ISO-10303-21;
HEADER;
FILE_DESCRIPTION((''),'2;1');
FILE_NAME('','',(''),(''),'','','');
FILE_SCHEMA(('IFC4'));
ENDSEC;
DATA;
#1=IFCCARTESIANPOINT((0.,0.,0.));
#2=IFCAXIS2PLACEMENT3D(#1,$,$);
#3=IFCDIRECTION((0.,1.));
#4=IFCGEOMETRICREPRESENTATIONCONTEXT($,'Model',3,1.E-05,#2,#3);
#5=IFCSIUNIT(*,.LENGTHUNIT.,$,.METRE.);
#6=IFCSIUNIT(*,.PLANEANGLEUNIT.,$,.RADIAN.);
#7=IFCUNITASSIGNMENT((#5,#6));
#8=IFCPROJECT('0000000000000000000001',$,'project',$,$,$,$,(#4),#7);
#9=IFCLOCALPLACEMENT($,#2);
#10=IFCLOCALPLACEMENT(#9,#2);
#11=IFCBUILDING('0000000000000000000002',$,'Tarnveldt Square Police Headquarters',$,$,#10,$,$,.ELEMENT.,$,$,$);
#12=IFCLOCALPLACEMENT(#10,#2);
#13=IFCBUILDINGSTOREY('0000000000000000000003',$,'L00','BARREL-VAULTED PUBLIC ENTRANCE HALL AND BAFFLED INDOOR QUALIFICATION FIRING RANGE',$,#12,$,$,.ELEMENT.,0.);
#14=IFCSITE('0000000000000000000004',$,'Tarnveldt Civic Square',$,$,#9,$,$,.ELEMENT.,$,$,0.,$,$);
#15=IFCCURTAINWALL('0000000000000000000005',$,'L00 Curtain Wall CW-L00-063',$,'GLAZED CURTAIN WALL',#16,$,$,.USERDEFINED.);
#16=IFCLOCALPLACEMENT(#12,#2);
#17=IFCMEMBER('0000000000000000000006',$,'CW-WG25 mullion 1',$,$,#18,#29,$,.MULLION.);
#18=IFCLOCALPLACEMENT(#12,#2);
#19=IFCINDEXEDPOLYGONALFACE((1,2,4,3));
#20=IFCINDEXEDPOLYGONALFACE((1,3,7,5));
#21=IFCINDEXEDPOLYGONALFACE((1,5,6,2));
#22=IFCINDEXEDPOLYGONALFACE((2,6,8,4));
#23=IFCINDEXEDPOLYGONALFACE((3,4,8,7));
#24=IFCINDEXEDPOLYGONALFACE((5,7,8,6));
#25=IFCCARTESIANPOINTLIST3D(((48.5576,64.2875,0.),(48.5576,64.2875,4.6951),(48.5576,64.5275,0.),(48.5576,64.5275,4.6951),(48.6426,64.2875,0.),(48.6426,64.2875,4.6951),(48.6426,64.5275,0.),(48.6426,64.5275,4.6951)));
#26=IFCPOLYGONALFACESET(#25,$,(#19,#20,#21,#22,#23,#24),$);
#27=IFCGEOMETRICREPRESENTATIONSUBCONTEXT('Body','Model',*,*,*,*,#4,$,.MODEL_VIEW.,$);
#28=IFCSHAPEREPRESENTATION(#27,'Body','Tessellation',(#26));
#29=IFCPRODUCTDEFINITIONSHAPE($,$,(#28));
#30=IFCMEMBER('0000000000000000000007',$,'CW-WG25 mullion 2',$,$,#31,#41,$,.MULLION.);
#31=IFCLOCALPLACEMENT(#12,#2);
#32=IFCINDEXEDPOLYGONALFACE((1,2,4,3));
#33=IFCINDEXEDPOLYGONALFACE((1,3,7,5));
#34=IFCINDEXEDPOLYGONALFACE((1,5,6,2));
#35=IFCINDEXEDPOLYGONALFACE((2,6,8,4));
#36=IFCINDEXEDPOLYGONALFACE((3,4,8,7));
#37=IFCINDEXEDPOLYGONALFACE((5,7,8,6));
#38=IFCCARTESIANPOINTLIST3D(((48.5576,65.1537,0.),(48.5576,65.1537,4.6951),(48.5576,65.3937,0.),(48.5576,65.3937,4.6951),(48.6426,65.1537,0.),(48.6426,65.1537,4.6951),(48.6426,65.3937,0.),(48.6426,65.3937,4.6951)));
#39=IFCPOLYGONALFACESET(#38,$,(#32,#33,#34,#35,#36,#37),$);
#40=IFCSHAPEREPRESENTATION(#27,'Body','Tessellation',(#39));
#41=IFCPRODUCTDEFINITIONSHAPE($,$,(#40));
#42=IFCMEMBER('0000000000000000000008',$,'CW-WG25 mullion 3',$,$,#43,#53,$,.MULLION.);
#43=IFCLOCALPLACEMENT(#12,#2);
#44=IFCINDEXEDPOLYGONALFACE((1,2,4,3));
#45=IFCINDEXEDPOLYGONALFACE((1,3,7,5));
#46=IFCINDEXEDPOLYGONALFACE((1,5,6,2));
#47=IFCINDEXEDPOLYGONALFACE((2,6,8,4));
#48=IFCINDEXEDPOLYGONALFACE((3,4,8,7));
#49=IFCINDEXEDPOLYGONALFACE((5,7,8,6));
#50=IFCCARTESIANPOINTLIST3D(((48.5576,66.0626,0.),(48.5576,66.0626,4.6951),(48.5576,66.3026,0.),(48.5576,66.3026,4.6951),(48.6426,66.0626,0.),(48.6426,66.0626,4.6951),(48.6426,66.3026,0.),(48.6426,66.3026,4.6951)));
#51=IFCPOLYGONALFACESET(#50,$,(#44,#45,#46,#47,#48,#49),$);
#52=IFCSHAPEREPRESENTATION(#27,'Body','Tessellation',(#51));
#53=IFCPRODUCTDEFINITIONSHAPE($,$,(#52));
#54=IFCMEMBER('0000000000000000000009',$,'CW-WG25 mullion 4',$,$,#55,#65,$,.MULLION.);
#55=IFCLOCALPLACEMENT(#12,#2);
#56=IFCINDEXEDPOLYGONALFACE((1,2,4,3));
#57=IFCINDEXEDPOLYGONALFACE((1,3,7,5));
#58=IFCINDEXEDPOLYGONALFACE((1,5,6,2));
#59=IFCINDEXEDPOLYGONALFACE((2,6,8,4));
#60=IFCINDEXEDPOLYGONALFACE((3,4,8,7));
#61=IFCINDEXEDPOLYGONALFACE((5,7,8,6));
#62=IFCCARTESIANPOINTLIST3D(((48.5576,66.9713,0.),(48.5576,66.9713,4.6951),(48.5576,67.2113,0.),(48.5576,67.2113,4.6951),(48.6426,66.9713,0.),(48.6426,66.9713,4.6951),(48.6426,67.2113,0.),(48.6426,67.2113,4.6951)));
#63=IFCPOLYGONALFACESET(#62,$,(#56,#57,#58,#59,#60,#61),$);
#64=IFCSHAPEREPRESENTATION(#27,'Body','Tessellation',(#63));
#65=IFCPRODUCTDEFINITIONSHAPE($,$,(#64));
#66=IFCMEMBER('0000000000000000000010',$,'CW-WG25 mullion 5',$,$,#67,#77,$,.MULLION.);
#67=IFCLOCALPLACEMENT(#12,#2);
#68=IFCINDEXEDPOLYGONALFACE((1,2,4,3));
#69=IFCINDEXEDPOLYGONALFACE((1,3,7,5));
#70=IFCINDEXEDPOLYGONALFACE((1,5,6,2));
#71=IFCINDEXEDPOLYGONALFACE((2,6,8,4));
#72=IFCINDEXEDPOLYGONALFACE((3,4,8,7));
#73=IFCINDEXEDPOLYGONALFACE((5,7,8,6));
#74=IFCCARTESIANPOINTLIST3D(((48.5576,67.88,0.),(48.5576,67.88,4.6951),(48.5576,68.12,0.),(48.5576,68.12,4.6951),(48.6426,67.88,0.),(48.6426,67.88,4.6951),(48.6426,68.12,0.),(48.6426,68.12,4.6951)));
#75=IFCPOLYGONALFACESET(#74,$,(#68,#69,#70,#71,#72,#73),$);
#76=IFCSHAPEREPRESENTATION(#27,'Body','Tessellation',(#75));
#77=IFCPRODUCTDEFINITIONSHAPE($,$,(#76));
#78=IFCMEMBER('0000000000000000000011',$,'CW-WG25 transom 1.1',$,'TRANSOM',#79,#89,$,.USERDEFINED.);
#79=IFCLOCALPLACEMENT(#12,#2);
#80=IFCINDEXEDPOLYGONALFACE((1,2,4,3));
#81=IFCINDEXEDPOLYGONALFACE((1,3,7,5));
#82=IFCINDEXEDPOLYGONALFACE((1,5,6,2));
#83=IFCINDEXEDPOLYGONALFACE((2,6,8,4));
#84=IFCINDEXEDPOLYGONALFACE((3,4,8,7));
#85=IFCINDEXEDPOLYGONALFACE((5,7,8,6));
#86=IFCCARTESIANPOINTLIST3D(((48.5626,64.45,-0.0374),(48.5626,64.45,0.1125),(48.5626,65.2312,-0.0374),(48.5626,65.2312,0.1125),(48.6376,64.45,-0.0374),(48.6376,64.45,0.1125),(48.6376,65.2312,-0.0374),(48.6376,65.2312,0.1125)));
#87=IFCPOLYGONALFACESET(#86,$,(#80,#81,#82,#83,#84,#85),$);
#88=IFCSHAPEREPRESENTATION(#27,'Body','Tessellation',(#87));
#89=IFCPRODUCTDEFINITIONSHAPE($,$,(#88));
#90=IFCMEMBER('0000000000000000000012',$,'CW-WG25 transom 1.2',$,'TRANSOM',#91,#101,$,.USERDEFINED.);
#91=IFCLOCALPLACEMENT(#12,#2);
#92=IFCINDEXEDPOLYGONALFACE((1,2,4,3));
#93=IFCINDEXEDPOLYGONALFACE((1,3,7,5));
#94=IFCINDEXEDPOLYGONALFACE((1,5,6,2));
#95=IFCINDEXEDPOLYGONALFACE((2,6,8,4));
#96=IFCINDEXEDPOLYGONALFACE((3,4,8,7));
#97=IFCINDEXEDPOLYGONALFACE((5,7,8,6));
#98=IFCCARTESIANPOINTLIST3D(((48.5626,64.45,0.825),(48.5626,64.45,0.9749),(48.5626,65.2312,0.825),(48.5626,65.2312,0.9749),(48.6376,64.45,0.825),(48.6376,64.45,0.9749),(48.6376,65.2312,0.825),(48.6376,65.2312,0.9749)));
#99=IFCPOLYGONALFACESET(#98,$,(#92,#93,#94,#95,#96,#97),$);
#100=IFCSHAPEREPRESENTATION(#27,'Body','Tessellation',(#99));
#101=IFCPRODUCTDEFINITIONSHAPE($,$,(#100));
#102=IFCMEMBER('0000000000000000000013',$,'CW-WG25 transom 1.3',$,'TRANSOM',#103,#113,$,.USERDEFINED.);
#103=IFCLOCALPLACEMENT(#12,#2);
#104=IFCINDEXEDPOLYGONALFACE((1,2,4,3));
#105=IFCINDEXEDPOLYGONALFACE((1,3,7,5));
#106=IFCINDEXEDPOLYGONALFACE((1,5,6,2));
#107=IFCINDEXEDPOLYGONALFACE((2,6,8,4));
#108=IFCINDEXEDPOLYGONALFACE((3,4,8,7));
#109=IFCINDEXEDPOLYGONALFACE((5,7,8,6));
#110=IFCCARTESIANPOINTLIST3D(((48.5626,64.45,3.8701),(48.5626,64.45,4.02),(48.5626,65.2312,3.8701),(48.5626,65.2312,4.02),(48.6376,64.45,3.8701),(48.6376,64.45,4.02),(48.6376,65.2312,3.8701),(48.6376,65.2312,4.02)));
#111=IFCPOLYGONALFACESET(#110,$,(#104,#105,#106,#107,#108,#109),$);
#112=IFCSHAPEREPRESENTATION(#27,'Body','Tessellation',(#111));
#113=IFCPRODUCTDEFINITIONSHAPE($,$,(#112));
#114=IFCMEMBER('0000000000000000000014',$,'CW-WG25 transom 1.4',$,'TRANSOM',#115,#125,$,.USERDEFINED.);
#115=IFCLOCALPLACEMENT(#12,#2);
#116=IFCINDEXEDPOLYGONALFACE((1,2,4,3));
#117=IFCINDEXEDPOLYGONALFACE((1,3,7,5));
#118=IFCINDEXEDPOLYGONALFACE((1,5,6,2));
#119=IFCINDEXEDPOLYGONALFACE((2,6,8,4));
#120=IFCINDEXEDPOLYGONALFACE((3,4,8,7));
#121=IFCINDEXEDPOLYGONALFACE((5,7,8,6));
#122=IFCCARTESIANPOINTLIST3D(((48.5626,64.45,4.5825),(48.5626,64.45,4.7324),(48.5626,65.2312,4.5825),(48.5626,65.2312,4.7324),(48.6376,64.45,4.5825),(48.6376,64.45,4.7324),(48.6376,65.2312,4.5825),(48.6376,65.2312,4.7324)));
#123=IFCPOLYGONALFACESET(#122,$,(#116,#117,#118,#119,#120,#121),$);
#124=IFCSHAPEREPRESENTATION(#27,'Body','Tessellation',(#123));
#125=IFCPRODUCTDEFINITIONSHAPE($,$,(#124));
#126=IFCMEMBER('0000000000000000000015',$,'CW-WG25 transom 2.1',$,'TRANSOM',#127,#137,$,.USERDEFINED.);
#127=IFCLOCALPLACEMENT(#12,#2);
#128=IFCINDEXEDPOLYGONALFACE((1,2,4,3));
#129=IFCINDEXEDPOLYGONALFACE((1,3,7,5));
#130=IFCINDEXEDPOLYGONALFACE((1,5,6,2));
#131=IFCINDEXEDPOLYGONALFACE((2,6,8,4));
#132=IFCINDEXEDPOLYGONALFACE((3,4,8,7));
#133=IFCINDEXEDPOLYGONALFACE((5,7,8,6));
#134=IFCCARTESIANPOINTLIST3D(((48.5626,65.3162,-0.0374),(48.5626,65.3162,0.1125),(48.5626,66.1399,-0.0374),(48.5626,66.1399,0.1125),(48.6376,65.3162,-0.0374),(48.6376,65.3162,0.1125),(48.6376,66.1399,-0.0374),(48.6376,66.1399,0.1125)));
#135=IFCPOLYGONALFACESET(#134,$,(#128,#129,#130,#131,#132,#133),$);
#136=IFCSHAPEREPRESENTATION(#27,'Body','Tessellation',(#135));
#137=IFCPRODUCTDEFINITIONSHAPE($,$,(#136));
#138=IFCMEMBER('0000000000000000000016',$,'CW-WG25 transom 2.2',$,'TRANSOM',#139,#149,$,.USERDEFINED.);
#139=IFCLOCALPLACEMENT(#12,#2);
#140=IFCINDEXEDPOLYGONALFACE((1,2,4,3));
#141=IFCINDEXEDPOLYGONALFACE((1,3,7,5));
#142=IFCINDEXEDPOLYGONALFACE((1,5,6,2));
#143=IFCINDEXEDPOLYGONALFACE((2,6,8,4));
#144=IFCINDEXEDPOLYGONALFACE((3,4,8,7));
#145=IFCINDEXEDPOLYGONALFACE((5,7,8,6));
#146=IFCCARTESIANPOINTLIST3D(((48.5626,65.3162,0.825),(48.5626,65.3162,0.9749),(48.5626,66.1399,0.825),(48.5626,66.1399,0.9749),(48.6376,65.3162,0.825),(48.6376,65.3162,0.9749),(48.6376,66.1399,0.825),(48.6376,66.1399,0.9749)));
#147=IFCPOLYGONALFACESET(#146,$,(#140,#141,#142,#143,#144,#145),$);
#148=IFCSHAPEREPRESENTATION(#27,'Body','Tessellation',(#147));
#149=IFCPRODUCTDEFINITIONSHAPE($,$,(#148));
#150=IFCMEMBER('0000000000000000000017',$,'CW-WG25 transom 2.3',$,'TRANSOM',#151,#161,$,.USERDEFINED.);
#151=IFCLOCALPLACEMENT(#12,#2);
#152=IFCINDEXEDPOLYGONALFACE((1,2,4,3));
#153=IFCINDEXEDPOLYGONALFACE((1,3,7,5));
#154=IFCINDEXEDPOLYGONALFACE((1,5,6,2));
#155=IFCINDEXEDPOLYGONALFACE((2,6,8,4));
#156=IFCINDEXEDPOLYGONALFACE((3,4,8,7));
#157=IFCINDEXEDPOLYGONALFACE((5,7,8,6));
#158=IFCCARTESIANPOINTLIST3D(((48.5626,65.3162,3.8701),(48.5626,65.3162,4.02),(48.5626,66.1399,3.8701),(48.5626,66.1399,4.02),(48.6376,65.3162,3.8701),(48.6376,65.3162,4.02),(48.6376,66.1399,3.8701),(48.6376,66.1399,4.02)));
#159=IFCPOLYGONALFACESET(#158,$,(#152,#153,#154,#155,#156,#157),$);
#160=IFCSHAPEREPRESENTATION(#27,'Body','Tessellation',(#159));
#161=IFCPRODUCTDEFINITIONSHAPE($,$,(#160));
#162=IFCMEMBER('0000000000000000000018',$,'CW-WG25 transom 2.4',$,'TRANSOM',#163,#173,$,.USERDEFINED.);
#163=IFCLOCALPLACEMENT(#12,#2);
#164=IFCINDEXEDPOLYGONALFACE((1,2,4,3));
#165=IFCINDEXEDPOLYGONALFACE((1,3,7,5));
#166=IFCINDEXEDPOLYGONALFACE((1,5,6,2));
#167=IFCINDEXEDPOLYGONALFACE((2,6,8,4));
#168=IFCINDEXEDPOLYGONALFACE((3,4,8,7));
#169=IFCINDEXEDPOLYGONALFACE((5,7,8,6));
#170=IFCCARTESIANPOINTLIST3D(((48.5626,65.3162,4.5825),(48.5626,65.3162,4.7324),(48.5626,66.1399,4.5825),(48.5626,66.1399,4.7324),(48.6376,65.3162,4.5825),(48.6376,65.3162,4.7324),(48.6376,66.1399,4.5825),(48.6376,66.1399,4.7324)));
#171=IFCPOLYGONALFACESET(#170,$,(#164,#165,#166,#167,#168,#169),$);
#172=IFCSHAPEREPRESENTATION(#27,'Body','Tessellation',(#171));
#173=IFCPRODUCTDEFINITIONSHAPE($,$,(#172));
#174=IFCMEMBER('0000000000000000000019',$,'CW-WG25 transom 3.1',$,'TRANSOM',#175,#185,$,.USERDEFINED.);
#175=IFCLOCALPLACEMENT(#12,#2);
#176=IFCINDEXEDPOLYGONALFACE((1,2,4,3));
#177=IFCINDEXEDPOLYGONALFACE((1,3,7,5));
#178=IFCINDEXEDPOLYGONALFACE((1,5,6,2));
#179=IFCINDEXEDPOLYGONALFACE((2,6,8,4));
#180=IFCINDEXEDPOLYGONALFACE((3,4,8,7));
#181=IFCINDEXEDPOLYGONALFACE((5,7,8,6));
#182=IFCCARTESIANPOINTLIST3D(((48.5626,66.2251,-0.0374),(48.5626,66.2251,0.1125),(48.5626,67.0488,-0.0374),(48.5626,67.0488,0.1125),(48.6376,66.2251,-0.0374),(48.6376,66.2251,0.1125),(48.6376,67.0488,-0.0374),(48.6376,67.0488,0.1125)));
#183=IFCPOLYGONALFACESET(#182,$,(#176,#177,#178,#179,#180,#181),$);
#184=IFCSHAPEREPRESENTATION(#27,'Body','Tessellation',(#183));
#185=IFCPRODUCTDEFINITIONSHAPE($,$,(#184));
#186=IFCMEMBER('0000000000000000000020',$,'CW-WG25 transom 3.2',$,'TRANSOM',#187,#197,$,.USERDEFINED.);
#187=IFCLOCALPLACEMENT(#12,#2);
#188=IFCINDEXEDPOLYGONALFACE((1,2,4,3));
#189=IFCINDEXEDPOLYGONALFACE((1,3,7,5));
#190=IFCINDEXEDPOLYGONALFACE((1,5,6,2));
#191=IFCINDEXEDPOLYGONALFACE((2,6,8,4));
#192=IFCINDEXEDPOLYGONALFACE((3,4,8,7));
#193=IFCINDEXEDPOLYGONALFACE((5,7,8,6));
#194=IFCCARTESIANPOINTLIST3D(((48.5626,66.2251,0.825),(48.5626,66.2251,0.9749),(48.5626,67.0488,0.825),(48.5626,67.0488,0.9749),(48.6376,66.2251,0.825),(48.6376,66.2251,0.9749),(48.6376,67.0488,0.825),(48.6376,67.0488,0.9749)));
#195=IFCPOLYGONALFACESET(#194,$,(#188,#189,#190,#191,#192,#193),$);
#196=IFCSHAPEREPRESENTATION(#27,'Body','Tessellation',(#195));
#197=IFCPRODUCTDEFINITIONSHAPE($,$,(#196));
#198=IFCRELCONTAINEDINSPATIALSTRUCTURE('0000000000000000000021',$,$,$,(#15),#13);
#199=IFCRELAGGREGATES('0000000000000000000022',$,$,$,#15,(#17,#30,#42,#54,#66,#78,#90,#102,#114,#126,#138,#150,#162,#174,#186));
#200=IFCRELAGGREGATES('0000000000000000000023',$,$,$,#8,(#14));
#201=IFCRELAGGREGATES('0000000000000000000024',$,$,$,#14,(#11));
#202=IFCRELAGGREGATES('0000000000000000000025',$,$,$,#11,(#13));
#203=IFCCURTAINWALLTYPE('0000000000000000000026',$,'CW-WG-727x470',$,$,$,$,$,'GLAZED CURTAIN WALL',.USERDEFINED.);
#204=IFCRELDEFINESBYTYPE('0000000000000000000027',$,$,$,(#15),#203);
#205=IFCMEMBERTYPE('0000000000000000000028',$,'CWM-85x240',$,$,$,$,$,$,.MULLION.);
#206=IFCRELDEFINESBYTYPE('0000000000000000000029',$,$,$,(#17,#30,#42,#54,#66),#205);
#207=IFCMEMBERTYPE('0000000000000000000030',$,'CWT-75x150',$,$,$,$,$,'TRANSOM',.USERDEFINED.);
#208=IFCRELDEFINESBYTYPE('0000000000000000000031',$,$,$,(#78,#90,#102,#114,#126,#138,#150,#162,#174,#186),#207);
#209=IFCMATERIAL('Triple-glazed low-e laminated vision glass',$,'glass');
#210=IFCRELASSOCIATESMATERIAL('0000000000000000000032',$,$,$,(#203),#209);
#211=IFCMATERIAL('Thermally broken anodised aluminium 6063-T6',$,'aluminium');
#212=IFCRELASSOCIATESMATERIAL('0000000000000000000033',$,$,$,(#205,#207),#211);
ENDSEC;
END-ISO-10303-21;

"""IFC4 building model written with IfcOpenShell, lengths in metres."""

from ifc_helpers import new_model, si_unit, direction, frame, origin, origin_2d, place, context, subcontext, project, spatial, rectangle, extrude, material, material_profile, profile_set, type_object, element, aggregate, save


model = new_model("IFC4")

# Units and contexts
model_context = context("Model", 3, precision=1e-05, world=origin(), true_north=direction((0.0, 1.0)))
body_context = subcontext(model_context, "Body", "Model", "MODEL_VIEW")
ifc_project = project(units=[si_unit("LENGTHUNIT", "METRE"), si_unit("PLANEANGLEUNIT", "RADIAN")], contexts=[model_context])

# Site, building, storey
site_placement = place(None, origin())
site = spatial("IfcSite", under=ifc_project, at=site_placement, Name="Tarnveldt Civic Square", CompositionType="ELEMENT", RefElevation=0.0)
building_placement = place(site_placement, origin())
building = spatial("IfcBuilding", under=site, at=building_placement, Name="Tarnveldt Square Police Headquarters", CompositionType="ELEMENT")
storey_placement = place(building_placement, origin())
storey = spatial("IfcBuildingStorey", under=building, at=storey_placement, Name="L00", Description="BARREL-VAULTED PUBLIC ENTRANCE HALL AND BAFFLED INDOOR QUALIFICATION FIRING RANGE", CompositionType="ELEMENT", Elevation=0.0)

# Curtain wall, members
ifc_material_1 = material(Name="Triple-glazed low-e laminated vision glass", Category="glass")
curtain_wall_type = type_object("IfcCurtainWallType", Name="CW-WG-727x470", ElementType="GLAZED CURTAIN WALL", PredefinedType="USERDEFINED", material=ifc_material_1)
curtain_wall_placement = place(storey_placement, origin())
curtain_wall = element("IfcCurtainWall", 1, at=curtain_wall_placement, inside=storey, type_object=curtain_wall_type, Name="L00 Curtain Wall CW-L00-063", ObjectType="GLAZED CURTAIN WALL", PredefinedType="USERDEFINED")
ifc_material_2 = material(Name="Thermally broken anodised aluminium 6063-T6", Category="aluminium")
ifc_material_profile_1 = material_profile(ifc_material_2, rectangle(XDim=0.085, YDim=0.24, at=origin_2d()), Name="CW-M85x240")
ifc_profile_set_1 = profile_set([ifc_material_profile_1], Name="Thermally broken anodised aluminium 6063-T6")
member_type_1 = type_object("IfcMemberType", Name="CWM-85x240", PredefinedType="MULLION", material=ifc_profile_set_1)
member_1_placement = place(storey_placement, frame((48.6001, 64.4075, 0.0), z_axis=(0.0, 0.0, 1.0), x_axis=(-1.0, 0.0, 0.0)))
member_1 = element("IfcMember", 2, at=member_1_placement, type_object=member_type_1, Name="CW-WG25 mullion 1", PredefinedType="MULLION", context=body_context, shape_type="SweptSolid", body=[
    extrude(rectangle(XDim=0.085, YDim=0.24, at=origin_2d()), origin(), (0.0, 0.0, 1.0), 4.6951),
])
member_2_placement = place(storey_placement, frame((48.6001, 65.2737, 0.0), z_axis=(0.0, 0.0, 1.0), x_axis=(-1.0, 0.0, 0.0)))
member_2 = element("IfcMember", 3, at=member_2_placement, type_object=member_type_1, Name="CW-WG25 mullion 2", PredefinedType="MULLION", context=body_context, shape_type="SweptSolid", body=[
    extrude(rectangle(XDim=0.085, YDim=0.24, at=origin_2d()), origin(), (0.0, 0.0, 1.0), 4.6951),
])
member_3_placement = place(storey_placement, frame((48.6001, 66.1826, 0.0), z_axis=(0.0, 0.0, 1.0), x_axis=(-1.0, 0.0, 0.0)))
member_3 = element("IfcMember", 4, at=member_3_placement, type_object=member_type_1, Name="CW-WG25 mullion 3", PredefinedType="MULLION", context=body_context, shape_type="SweptSolid", body=[
    extrude(rectangle(XDim=0.085, YDim=0.24, at=origin_2d()), origin(), (0.0, 0.0, 1.0), 4.6951),
])
member_4_placement = place(storey_placement, frame((48.6001, 67.0913, 0.0), z_axis=(0.0, 0.0, 1.0), x_axis=(-1.0, 0.0, 0.0)))
member_4 = element("IfcMember", 5, at=member_4_placement, type_object=member_type_1, Name="CW-WG25 mullion 4", PredefinedType="MULLION", context=body_context, shape_type="SweptSolid", body=[
    extrude(rectangle(XDim=0.085, YDim=0.24, at=origin_2d()), origin(), (0.0, 0.0, 1.0), 4.6951),
])
member_5_placement = place(storey_placement, frame((48.6001, 68.0, 0.0), z_axis=(0.0, 0.0, 1.0), x_axis=(-1.0, 0.0, 0.0)))
member_5 = element("IfcMember", 6, at=member_5_placement, type_object=member_type_1, Name="CW-WG25 mullion 5", PredefinedType="MULLION", context=body_context, shape_type="SweptSolid", body=[
    extrude(rectangle(XDim=0.085, YDim=0.24, at=origin_2d()), origin(), (0.0, 0.0, 1.0), 4.6951),
])
ifc_material_profile_2 = material_profile(ifc_material_2, rectangle(XDim=0.075, YDim=0.1499, at=origin_2d()), Name="CW-T75x150")
ifc_profile_set_2 = profile_set([ifc_material_profile_2], Name="Thermally broken anodised aluminium 6063-T6")
member_type_2 = type_object("IfcMemberType", Name="CWT-75x150", ElementType="TRANSOM", PredefinedType="USERDEFINED", material=ifc_profile_set_2)
member_6_placement = place(storey_placement, frame((48.6001, 64.45, 0.0376), z_axis=(0.0, 1.0, 0.0), x_axis=(-1.0, 0.0, 0.0)))
member_6 = element("IfcMember", 7, at=member_6_placement, type_object=member_type_2, Name="CW-WG25 transom 1.1", ObjectType="TRANSOM", PredefinedType="USERDEFINED", context=body_context, shape_type="SweptSolid", body=[
    extrude(rectangle(XDim=0.075, YDim=0.1499, at=origin_2d()), origin(), (0.0, 0.0, 1.0), 0.7812),
])
member_7_placement = place(storey_placement, frame((48.6001, 64.45, 0.8999), z_axis=(0.0, 1.0, 0.0), x_axis=(-1.0, 0.0, 0.0)))
member_7 = element("IfcMember", 8, at=member_7_placement, type_object=member_type_2, Name="CW-WG25 transom 1.2", ObjectType="TRANSOM", PredefinedType="USERDEFINED", context=body_context, shape_type="SweptSolid", body=[
    extrude(rectangle(XDim=0.075, YDim=0.1499, at=origin_2d()), origin(), (0.0, 0.0, 1.0), 0.7812),
])
member_8_placement = place(storey_placement, frame((48.6001, 64.45, 3.9451), z_axis=(0.0, 1.0, 0.0), x_axis=(-1.0, 0.0, 0.0)))
member_8 = element("IfcMember", 9, at=member_8_placement, type_object=member_type_2, Name="CW-WG25 transom 1.3", ObjectType="TRANSOM", PredefinedType="USERDEFINED", context=body_context, shape_type="SweptSolid", body=[
    extrude(rectangle(XDim=0.075, YDim=0.1499, at=origin_2d()), origin(), (0.0, 0.0, 1.0), 0.7812),
])
member_9_placement = place(storey_placement, frame((48.6001, 64.45, 4.6575), z_axis=(0.0, 1.0, 0.0), x_axis=(-1.0, 0.0, 0.0)))
member_9 = element("IfcMember", 10, at=member_9_placement, type_object=member_type_2, Name="CW-WG25 transom 1.4", ObjectType="TRANSOM", PredefinedType="USERDEFINED", context=body_context, shape_type="SweptSolid", body=[
    extrude(rectangle(XDim=0.075, YDim=0.1499, at=origin_2d()), origin(), (0.0, 0.0, 1.0), 0.7812),
])
member_10_placement = place(storey_placement, frame((48.6001, 65.3162, 0.0376), z_axis=(0.0, 1.0, 0.0), x_axis=(-1.0, 0.0, 0.0)))
member_10 = element("IfcMember", 11, at=member_10_placement, type_object=member_type_2, Name="CW-WG25 transom 2.1", ObjectType="TRANSOM", PredefinedType="USERDEFINED", context=body_context, shape_type="SweptSolid", body=[
    extrude(rectangle(XDim=0.075, YDim=0.1499, at=origin_2d()), origin(), (0.0, 0.0, 1.0), 0.8237),
])
member_11_placement = place(storey_placement, frame((48.6001, 65.3162, 0.8999), z_axis=(0.0, 1.0, 0.0), x_axis=(-1.0, 0.0, 0.0)))
member_11 = element("IfcMember", 12, at=member_11_placement, type_object=member_type_2, Name="CW-WG25 transom 2.2", ObjectType="TRANSOM", PredefinedType="USERDEFINED", context=body_context, shape_type="SweptSolid", body=[
    extrude(rectangle(XDim=0.075, YDim=0.1499, at=origin_2d()), origin(), (0.0, 0.0, 1.0), 0.8237),
])
member_12_placement = place(storey_placement, frame((48.6001, 65.3162, 3.9451), z_axis=(0.0, 1.0, 0.0), x_axis=(-1.0, 0.0, 0.0)))
member_12 = element("IfcMember", 13, at=member_12_placement, type_object=member_type_2, Name="CW-WG25 transom 2.3", ObjectType="TRANSOM", PredefinedType="USERDEFINED", context=body_context, shape_type="SweptSolid", body=[
    extrude(rectangle(XDim=0.075, YDim=0.1499, at=origin_2d()), origin(), (0.0, 0.0, 1.0), 0.8237),
])
member_13_placement = place(storey_placement, frame((48.6001, 65.3162, 4.6575), z_axis=(0.0, 1.0, 0.0), x_axis=(-1.0, 0.0, 0.0)))
member_13 = element("IfcMember", 14, at=member_13_placement, type_object=member_type_2, Name="CW-WG25 transom 2.4", ObjectType="TRANSOM", PredefinedType="USERDEFINED", context=body_context, shape_type="SweptSolid", body=[
    extrude(rectangle(XDim=0.075, YDim=0.1499, at=origin_2d()), origin(), (0.0, 0.0, 1.0), 0.8237),
])
member_14_placement = place(storey_placement, frame((48.6001, 66.2251, 0.0376), z_axis=(0.0, 1.0, 0.0), x_axis=(-1.0, 0.0, 0.0)))
member_14 = element("IfcMember", 15, at=member_14_placement, type_object=member_type_2, Name="CW-WG25 transom 3.1", ObjectType="TRANSOM", PredefinedType="USERDEFINED", context=body_context, shape_type="SweptSolid", body=[
    extrude(rectangle(XDim=0.075, YDim=0.1499, at=origin_2d()), origin(), (0.0, 0.0, 1.0), 0.8237),
])
member_15_placement = place(storey_placement, frame((48.6001, 66.2251, 0.8999), z_axis=(0.0, 1.0, 0.0), x_axis=(-1.0, 0.0, 0.0)))
member_15 = element("IfcMember", 16, at=member_15_placement, type_object=member_type_2, Name="CW-WG25 transom 3.2", ObjectType="TRANSOM", PredefinedType="USERDEFINED", context=body_context, shape_type="SweptSolid", body=[
    extrude(rectangle(XDim=0.075, YDim=0.1499, at=origin_2d()), origin(), (0.0, 0.0, 1.0), 0.8237),
])
aggregate(curtain_wall, [member_1, member_2, member_3, member_4, member_5, member_6, member_7, member_8, member_9, member_10, member_11, member_12, member_13, member_14, member_15])

save(model, "model.ifc")
